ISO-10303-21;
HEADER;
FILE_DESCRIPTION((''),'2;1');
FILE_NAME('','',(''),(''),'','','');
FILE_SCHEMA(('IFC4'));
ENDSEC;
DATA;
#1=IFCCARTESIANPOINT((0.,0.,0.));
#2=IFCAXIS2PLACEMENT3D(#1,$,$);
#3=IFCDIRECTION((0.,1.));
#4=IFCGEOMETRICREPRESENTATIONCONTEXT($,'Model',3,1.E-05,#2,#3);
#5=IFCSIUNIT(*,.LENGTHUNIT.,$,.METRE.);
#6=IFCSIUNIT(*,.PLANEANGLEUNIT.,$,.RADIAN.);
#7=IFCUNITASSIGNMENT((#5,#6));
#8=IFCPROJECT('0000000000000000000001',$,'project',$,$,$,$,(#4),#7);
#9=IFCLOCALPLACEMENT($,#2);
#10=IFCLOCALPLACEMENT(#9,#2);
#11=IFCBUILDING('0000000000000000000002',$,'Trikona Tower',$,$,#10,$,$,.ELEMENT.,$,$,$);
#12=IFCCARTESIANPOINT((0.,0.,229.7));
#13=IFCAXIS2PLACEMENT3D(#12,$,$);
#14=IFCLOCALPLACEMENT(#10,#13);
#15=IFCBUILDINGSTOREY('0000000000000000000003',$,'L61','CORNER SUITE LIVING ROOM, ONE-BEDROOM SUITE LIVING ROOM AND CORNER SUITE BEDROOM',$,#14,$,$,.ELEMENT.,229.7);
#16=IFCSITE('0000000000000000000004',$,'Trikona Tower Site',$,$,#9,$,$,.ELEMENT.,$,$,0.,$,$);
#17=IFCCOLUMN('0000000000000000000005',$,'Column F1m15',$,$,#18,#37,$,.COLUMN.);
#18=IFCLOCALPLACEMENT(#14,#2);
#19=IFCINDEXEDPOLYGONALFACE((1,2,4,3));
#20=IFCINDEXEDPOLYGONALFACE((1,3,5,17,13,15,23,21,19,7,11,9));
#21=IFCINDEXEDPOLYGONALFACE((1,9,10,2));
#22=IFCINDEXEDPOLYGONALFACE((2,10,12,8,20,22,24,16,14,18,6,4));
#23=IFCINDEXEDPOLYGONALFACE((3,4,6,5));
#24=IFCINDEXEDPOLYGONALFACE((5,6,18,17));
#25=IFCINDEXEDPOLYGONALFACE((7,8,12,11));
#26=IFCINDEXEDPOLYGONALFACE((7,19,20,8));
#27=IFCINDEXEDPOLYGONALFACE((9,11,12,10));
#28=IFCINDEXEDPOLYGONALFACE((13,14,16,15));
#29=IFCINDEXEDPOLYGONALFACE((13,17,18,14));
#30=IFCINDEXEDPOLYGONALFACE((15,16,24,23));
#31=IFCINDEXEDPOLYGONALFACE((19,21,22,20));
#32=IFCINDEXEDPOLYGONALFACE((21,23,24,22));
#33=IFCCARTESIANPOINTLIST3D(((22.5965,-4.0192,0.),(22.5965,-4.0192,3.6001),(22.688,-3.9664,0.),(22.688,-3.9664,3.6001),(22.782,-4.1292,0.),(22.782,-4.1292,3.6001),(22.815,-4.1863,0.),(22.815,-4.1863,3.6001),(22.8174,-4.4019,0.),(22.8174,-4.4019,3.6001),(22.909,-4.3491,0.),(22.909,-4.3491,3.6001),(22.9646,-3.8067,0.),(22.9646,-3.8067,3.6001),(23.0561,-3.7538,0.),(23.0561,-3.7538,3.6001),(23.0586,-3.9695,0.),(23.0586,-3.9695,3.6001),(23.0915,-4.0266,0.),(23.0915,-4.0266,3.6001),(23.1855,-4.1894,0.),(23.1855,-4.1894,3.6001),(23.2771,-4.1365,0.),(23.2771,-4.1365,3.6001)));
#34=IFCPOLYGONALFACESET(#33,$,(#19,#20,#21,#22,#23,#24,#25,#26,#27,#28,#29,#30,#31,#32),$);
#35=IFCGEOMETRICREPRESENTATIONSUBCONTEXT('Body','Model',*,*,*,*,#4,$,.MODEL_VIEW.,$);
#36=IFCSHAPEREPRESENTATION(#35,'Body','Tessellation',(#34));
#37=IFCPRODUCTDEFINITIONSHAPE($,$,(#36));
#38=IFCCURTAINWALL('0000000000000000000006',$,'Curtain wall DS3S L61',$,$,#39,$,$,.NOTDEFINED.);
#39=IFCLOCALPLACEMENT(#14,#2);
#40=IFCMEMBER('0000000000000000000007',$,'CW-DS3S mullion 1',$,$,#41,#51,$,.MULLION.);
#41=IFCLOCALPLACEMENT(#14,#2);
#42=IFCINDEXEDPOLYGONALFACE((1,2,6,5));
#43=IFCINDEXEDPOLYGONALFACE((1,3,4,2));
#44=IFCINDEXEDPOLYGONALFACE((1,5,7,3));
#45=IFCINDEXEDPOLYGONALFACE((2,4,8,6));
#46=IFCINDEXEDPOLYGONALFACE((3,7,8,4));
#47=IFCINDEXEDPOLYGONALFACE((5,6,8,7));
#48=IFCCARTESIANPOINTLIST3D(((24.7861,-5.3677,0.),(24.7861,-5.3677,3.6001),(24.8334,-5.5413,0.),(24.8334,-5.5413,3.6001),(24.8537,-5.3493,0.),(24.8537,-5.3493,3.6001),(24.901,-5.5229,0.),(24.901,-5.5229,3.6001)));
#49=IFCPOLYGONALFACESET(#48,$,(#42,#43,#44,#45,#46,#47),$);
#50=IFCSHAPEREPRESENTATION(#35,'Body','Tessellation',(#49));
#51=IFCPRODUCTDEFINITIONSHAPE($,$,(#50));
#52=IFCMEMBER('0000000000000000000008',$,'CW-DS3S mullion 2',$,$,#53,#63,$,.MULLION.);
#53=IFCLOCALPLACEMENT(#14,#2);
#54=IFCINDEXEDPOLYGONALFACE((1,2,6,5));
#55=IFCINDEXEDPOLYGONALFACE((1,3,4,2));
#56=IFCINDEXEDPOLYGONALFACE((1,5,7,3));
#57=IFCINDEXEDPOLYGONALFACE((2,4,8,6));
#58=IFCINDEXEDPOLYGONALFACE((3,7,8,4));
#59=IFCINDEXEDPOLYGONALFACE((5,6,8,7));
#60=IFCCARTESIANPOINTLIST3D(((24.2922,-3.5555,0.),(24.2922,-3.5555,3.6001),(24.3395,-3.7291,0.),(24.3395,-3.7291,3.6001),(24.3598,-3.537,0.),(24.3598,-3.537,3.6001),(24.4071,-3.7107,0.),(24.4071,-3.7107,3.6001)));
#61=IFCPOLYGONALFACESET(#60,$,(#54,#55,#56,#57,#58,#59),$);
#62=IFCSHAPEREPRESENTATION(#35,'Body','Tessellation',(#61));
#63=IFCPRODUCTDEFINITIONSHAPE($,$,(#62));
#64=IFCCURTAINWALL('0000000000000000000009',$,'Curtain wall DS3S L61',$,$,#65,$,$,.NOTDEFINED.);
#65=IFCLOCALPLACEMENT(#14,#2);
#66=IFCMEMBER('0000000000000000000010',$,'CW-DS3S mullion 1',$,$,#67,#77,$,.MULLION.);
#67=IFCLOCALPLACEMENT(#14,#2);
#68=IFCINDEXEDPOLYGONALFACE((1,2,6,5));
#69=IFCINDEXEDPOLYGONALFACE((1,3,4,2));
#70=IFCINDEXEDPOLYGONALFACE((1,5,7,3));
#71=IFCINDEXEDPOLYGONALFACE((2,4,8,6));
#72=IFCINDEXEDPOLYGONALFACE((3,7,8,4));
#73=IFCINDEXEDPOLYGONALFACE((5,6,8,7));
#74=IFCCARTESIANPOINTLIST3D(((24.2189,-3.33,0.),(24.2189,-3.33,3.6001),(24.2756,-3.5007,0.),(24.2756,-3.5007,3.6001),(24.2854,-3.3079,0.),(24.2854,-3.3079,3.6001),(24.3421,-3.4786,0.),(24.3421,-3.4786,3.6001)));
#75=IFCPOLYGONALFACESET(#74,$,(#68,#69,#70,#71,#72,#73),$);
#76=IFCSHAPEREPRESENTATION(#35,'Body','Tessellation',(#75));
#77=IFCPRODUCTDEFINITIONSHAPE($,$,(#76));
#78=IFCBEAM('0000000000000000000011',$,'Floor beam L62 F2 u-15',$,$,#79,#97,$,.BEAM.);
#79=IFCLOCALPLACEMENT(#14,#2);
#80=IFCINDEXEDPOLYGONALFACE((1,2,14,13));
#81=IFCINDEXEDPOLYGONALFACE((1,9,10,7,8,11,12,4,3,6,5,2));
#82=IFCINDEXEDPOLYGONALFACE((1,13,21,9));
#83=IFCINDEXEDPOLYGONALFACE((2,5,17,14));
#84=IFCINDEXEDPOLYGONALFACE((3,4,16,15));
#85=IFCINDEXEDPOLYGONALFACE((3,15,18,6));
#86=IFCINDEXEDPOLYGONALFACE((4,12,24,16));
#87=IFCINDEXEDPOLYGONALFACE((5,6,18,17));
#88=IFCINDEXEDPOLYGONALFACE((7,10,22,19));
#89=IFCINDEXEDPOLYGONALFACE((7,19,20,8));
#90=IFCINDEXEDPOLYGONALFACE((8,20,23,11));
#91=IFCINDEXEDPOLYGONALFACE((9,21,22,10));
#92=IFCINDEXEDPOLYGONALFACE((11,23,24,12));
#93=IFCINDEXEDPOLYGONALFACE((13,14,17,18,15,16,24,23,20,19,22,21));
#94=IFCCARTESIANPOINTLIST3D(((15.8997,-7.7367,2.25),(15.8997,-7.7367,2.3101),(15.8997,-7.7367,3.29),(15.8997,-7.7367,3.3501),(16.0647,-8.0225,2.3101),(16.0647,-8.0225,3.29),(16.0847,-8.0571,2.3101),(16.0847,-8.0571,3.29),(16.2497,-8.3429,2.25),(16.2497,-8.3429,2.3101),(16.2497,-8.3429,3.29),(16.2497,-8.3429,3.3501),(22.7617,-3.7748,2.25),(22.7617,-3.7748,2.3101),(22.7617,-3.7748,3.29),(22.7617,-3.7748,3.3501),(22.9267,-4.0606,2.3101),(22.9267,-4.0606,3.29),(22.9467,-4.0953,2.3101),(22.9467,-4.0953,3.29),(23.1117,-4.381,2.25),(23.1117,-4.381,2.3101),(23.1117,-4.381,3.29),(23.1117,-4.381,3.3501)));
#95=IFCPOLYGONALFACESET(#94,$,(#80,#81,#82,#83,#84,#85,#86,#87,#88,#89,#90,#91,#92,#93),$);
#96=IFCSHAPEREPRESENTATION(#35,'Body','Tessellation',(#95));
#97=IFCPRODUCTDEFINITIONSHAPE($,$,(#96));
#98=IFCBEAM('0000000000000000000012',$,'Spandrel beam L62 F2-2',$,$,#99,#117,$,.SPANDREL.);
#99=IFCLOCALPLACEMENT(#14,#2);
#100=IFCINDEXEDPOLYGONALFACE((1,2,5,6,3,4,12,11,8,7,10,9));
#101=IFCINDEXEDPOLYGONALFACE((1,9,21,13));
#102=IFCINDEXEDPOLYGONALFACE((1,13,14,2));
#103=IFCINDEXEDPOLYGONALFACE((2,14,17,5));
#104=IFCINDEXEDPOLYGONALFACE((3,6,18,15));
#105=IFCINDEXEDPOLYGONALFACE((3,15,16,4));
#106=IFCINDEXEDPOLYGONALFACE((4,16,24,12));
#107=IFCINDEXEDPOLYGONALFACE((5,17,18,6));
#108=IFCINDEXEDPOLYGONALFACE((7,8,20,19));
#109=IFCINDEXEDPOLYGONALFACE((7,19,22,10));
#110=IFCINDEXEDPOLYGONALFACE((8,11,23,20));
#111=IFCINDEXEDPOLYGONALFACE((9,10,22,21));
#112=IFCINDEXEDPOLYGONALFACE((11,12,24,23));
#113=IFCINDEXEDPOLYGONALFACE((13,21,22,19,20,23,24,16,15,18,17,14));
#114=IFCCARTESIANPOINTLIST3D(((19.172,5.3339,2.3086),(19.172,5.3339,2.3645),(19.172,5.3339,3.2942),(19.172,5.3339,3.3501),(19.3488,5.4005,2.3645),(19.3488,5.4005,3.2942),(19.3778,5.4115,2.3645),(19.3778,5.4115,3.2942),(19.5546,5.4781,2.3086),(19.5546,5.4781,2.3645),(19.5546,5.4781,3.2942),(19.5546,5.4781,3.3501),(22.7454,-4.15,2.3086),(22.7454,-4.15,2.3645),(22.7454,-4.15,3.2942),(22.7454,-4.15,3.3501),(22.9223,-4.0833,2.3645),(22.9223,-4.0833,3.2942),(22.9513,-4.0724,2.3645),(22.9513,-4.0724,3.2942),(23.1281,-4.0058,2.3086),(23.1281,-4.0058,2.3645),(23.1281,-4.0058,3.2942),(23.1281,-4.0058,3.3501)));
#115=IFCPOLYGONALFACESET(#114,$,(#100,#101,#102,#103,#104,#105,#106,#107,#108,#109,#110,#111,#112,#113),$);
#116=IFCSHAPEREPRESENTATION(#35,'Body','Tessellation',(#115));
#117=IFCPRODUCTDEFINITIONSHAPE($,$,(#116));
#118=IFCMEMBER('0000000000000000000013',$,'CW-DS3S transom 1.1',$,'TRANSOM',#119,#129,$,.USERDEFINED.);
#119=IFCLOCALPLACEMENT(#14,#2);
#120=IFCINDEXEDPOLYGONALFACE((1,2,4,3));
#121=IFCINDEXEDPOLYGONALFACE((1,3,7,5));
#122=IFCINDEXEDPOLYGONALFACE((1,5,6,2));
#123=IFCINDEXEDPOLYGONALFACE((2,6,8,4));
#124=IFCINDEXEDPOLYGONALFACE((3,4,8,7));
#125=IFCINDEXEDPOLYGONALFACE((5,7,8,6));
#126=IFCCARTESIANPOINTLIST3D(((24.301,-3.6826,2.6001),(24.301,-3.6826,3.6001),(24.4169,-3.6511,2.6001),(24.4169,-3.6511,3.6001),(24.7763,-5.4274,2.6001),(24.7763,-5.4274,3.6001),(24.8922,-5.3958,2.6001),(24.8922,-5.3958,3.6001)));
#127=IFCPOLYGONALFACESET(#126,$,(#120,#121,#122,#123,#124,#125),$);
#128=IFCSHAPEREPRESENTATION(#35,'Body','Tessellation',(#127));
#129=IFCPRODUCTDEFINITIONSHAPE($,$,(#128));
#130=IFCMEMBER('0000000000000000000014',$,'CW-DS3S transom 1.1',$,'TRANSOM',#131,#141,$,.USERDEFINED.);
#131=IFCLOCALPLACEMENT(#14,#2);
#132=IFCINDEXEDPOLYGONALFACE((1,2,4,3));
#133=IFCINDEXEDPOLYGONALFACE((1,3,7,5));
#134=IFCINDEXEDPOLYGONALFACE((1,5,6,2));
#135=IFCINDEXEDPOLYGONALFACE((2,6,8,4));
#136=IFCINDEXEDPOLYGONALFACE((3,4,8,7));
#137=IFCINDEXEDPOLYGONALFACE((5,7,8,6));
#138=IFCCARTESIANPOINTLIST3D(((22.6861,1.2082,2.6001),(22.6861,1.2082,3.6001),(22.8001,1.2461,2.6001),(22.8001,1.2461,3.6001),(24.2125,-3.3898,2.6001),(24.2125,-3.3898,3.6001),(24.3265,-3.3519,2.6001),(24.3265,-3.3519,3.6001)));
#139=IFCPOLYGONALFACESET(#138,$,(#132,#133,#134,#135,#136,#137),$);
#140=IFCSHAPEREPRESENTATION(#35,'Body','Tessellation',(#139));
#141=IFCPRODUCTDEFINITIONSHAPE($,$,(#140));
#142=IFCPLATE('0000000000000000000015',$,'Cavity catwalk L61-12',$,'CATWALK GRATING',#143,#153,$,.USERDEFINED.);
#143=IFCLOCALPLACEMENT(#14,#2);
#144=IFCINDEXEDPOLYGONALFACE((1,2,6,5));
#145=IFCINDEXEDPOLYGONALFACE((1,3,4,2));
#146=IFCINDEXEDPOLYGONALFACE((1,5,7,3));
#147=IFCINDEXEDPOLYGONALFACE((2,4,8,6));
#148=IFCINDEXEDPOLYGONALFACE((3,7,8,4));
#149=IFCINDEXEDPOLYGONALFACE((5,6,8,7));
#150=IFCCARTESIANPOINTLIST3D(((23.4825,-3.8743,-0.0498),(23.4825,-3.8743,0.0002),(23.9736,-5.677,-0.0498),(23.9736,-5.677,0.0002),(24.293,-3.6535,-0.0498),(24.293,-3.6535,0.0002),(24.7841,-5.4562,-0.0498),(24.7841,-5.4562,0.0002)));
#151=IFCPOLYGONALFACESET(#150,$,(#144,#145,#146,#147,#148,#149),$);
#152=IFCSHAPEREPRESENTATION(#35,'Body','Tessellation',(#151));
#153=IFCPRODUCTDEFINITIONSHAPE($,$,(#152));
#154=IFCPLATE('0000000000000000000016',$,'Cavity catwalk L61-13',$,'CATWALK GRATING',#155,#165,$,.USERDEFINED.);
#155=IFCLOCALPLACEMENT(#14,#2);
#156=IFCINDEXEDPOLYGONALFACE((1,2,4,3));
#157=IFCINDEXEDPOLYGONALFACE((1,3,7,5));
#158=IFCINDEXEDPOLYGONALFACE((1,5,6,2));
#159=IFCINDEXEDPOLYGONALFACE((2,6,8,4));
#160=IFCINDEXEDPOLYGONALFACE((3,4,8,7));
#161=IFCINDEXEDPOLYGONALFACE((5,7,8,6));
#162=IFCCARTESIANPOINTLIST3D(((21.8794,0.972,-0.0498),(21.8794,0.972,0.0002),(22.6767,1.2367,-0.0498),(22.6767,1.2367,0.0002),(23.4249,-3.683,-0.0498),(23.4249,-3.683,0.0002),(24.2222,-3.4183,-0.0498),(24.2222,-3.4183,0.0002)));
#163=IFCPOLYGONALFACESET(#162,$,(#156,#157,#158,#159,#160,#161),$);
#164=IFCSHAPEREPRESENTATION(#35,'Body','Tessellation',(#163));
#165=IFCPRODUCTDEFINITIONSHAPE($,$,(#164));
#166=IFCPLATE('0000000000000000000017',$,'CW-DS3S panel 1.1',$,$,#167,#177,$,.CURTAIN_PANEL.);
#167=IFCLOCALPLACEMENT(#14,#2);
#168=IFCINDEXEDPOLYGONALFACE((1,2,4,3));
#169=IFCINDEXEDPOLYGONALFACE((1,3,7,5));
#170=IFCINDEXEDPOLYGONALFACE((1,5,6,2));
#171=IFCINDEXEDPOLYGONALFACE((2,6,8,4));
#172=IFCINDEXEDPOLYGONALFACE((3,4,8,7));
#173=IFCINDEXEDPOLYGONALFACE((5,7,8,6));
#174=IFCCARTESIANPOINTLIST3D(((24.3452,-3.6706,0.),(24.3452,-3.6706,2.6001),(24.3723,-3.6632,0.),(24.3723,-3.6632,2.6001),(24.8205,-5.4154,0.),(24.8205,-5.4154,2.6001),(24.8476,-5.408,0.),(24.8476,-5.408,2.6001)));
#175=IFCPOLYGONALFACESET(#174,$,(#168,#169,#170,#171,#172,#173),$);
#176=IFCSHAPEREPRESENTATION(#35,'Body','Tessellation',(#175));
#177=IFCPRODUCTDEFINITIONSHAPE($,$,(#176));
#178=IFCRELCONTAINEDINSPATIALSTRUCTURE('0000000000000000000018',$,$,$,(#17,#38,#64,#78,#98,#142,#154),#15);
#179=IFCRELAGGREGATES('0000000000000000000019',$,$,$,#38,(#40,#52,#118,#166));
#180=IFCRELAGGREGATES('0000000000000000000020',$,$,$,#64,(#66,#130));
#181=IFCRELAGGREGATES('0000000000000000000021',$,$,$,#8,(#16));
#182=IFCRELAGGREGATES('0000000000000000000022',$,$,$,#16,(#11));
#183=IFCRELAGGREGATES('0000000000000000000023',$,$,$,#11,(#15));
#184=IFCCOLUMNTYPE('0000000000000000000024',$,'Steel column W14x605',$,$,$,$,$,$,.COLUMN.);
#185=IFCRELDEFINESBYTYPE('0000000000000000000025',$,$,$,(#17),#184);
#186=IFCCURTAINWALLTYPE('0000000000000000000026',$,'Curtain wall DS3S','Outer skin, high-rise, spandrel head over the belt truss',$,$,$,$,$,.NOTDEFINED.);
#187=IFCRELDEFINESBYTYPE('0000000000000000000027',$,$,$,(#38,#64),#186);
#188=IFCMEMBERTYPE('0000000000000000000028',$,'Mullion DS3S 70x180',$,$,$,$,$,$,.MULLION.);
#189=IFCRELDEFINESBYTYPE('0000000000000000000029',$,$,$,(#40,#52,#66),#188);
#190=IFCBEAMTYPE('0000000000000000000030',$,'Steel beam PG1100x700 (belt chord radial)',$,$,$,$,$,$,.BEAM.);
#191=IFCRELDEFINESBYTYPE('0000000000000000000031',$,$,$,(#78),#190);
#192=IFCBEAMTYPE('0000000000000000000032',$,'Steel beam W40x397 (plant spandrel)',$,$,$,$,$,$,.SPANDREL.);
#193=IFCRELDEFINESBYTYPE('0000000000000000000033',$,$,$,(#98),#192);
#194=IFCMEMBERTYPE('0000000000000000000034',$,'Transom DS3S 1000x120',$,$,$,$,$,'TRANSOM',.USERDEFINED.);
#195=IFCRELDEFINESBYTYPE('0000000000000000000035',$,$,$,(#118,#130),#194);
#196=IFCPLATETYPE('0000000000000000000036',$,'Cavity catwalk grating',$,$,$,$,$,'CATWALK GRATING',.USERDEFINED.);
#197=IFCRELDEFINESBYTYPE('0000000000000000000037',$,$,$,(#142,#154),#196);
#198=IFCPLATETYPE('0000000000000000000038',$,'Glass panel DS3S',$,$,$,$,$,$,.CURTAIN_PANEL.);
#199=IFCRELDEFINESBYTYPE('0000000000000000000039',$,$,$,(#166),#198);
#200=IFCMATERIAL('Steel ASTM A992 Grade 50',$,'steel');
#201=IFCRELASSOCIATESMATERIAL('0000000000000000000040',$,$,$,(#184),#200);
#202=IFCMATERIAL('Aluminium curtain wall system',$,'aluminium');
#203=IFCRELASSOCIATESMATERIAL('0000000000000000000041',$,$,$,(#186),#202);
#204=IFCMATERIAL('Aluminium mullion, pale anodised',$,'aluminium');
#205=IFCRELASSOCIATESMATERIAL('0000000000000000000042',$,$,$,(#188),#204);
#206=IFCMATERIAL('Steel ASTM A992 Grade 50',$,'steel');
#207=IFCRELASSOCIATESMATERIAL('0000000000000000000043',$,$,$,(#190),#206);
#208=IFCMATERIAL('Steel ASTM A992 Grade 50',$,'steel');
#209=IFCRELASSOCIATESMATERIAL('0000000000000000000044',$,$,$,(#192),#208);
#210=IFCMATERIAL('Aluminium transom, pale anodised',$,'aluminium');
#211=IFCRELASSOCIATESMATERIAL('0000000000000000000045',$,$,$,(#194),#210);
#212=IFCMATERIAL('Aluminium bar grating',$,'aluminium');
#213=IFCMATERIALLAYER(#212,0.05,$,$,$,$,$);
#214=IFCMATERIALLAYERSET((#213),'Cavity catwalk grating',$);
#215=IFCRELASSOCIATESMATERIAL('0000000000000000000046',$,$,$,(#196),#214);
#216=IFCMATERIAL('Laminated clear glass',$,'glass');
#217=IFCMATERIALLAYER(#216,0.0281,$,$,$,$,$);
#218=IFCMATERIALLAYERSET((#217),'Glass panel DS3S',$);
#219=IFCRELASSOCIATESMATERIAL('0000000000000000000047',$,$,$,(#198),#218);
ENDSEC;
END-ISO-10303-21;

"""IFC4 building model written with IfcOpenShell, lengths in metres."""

from ifc_helpers import new_model, si_unit, direction, frame, origin, origin_2d, place, context, subcontext, project, spatial, rectangle, i_section, extrude, material, layer, layer_set, material_profile, profile_set, type_object, element, aggregate, save


model = new_model("IFC4")

# Units and contexts
model_context = context("Model", 3, precision=1e-05, world=origin(), true_north=direction((0.0, 1.0)))
body_context = subcontext(model_context, "Body", "Model", "MODEL_VIEW")
ifc_project = project(units=[si_unit("LENGTHUNIT", "METRE"), si_unit("PLANEANGLEUNIT", "RADIAN")], contexts=[model_context])

# Site, building, storey
site_placement = place(None, origin())
site = spatial("IfcSite", under=ifc_project, at=site_placement, Name="Trikona Tower Site", CompositionType="ELEMENT", RefElevation=0.0)
building_placement = place(site_placement, origin())
building = spatial("IfcBuilding", under=site, at=building_placement, Name="Trikona Tower", CompositionType="ELEMENT")
storey_placement = place(building_placement, frame((0.0, 0.0, 229.7)))
storey = spatial("IfcBuildingStorey", under=building, at=storey_placement, Name="L61", Description="CORNER SUITE LIVING ROOM, ONE-BEDROOM SUITE LIVING ROOM AND CORNER SUITE BEDROOM", CompositionType="ELEMENT", Elevation=229.7)

# Column
ifc_material_1 = material(Name="Steel ASTM A992 Grade 50", Category="steel")
ifc_material_profile_1 = material_profile(ifc_material_1, i_section(OverallWidth=0.4419, OverallDepth=0.5308, WebThickness=0.0659, FlangeThickness=0.1057, at=origin_2d()), Name="W14X605")
ifc_profile_set_1 = profile_set([ifc_material_profile_1], Name="Steel ASTM A992 Grade 50")
column_type = type_object("IfcColumnType", Name="Steel column W14x605", PredefinedType="COLUMN", material=ifc_profile_set_1)
column_placement = place(storey_placement, frame((22.9368, -4.0779, 0.0), z_axis=(0.0, 0.0, 1.0), x_axis=(-0.5, 0.866025, 0.0)))
element("IfcColumn", 1, at=column_placement, inside=storey, type_object=column_type, Name="Column F1m15", PredefinedType="COLUMN", context=body_context, shape_type="SweptSolid", body=[
    extrude(i_section(OverallWidth=0.4419, OverallDepth=0.5308, WebThickness=0.0659, FlangeThickness=0.1057, at=origin_2d()), origin(), (0.0, 0.0, 1.0), 3.6001),
])

# Curtain wall, members
ifc_material_2 = material(Name="Aluminium curtain wall system", Category="aluminium")
curtain_wall_type = type_object("IfcCurtainWallType", Name="Curtain wall DS3S", Description="Outer skin, high-rise, spandrel head over the belt truss", PredefinedType="NOTDEFINED", material=ifc_material_2)
curtain_wall_1_placement = place(storey_placement, origin())
curtain_wall_1 = element("IfcCurtainWall", 2, at=curtain_wall_1_placement, inside=storey, type_object=curtain_wall_type, Name="Curtain wall DS3S L61", PredefinedType="NOTDEFINED")
ifc_material_3 = material(Name="Aluminium mullion, pale anodised", Category="aluminium")
ifc_material_profile_2 = material_profile(ifc_material_3, rectangle(XDim=0.0701, YDim=0.1799, at=origin_2d()), Name="MUL-DS3S")
ifc_profile_set_2 = profile_set([ifc_material_profile_2], Name="Aluminium mullion, pale anodised")
member_type_1 = type_object("IfcMemberType", Name="Mullion DS3S 70x180", PredefinedType="MULLION", material=ifc_profile_set_2)
member_1_placement = place(storey_placement, frame((24.8435, -5.4453, 0.0), z_axis=(0.0, 0.0, 1.0), x_axis=(-0.964838, -0.262844, 0.0)))
member_1 = element("IfcMember", 3, at=member_1_placement, type_object=member_type_1, Name="CW-DS3S mullion 1", PredefinedType="MULLION", context=body_context, shape_type="SweptSolid", body=[
    extrude(rectangle(XDim=0.0701, YDim=0.1799, at=origin_2d()), origin(), (0.0, 0.0, 1.0), 3.6001),
])
member_2_placement = place(storey_placement, frame((24.3496, -3.6331, 0.0), z_axis=(0.0, 0.0, 1.0), x_axis=(-0.964838, -0.262844, 0.0)))
member_2 = element("IfcMember", 4, at=member_2_placement, type_object=member_type_1, Name="CW-DS3S mullion 2", PredefinedType="MULLION", context=body_context, shape_type="SweptSolid", body=[
    extrude(rectangle(XDim=0.0701, YDim=0.1799, at=origin_2d()), origin(), (0.0, 0.0, 1.0), 3.6001),
])

# Curtain wall, member
curtain_wall_2_placement = place(storey_placement, origin())
curtain_wall_2 = element("IfcCurtainWall", 5, at=curtain_wall_2_placement, inside=storey, type_object=curtain_wall_type, Name="Curtain wall DS3S L61", PredefinedType="NOTDEFINED")
member_3_placement = place(storey_placement, frame((24.2805, -3.4043, 0.0), z_axis=(0.0, 0.0, 1.0), x_axis=(-0.949066, -0.315078, 0.0)))
member_3 = element("IfcMember", 6, at=member_3_placement, type_object=member_type_1, Name="CW-DS3S mullion 1", PredefinedType="MULLION", context=body_context, shape_type="SweptSolid", body=[
    extrude(rectangle(XDim=0.0701, YDim=0.1799, at=origin_2d()), origin(), (0.0, 0.0, 1.0), 3.6001),
])

# Beams
ifc_material_4 = material(Name="Steel ASTM A992 Grade 50", Category="steel")
ifc_material_profile_3 = material_profile(ifc_material_4, i_section(OverallWidth=0.7, OverallDepth=1.1001, WebThickness=0.04, FlangeThickness=0.0601, at=origin_2d()), Name="PG1100X700")
ifc_profile_set_3 = profile_set([ifc_material_profile_3], Name="Steel ASTM A992 Grade 50")
beam_type_1 = type_object("IfcBeamType", Name="Steel beam PG1100x700 (belt chord radial)", PredefinedType="BEAM", material=ifc_profile_set_3)
beam_1_placement = place(storey_placement, frame((16.0747, -8.0398, 2.8), z_axis=(0.86602, 0.50001, 0.0), x_axis=(-0.50001, 0.86602, 0.0)))
element("IfcBeam", 7, at=beam_1_placement, inside=storey, type_object=beam_type_1, Name="Floor beam L62 F2 u-15", PredefinedType="BEAM", context=body_context, shape_type="SweptSolid", body=[
    extrude(i_section(OverallWidth=0.7, OverallDepth=1.1001, WebThickness=0.04, FlangeThickness=0.0601, at=origin_2d()), origin(), (0.0, 0.0, 1.0), 7.9236),
])
ifc_material_5 = material(Name="Steel ASTM A992 Grade 50", Category="steel")
ifc_material_profile_4 = material_profile(ifc_material_5, i_section(OverallWidth=0.4089, OverallDepth=1.0415, WebThickness=0.031, FlangeThickness=0.0559, at=origin_2d()), Name="W40X397")
ifc_profile_set_4 = profile_set([ifc_material_profile_4], Name="Steel ASTM A992 Grade 50")
beam_type_2 = type_object("IfcBeamType", Name="Steel beam W40x397 (plant spandrel)", PredefinedType="SPANDREL", material=ifc_profile_set_4)
beam_2_placement = place(storey_placement, frame((22.9368, -4.0779, 2.8293), z_axis=(-0.352596, 0.935776, 0.0), x_axis=(-0.935776, -0.352596, 0.0)))
element("IfcBeam", 8, at=beam_2_placement, inside=storey, type_object=beam_type_2, Name="Spandrel beam L62 F2-2", PredefinedType="SPANDREL", context=body_context, shape_type="SweptSolid", body=[
    extrude(i_section(OverallWidth=0.4089, OverallDepth=1.0415, WebThickness=0.031, FlangeThickness=0.0559, at=origin_2d()), origin(), (0.0, 0.0, 1.0), 10.1348),
])

# Members
ifc_material_6 = material(Name="Aluminium transom, pale anodised", Category="aluminium")
ifc_material_profile_5 = material_profile(ifc_material_6, rectangle(XDim=0.1201, YDim=1.0, at=origin_2d()), Name="TRN-DS3S")
ifc_profile_set_5 = profile_set([ifc_material_profile_5], Name="Aluminium transom, pale anodised")
member_type_2 = type_object("IfcMemberType", Name="Transom DS3S 1000x120", ElementType="TRANSOM", PredefinedType="USERDEFINED", material=ifc_profile_set_5)
member_4_placement = place(storey_placement, frame((24.8342, -5.4116, 3.1001), z_axis=(-0.262843, 0.964839, 0.0), x_axis=(-0.964839, -0.262843, 0.0)))
member_4 = element("IfcMember", 9, at=member_4_placement, type_object=member_type_2, Name="CW-DS3S transom 1.1", ObjectType="TRANSOM", PredefinedType="USERDEFINED", context=body_context, shape_type="SweptSolid", body=[
    extrude(rectangle(XDim=0.1201, YDim=1.0, at=origin_2d()), origin(), (0.0, 0.0, 1.0), 1.8083),
])
member_5_placement = place(storey_placement, frame((24.2695, -3.3708, 3.1001), z_axis=(-0.315063, 0.949071, 0.0), x_axis=(-0.949071, -0.315063, 0.0)))
member_5 = element("IfcMember", 10, at=member_5_placement, type_object=member_type_2, Name="CW-DS3S transom 1.1", ObjectType="TRANSOM", PredefinedType="USERDEFINED", context=body_context, shape_type="SweptSolid", body=[
    extrude(rectangle(XDim=0.1201, YDim=1.0, at=origin_2d()), origin(), (0.0, 0.0, 1.0), 4.8447),
])

# Plates
ifc_material_7 = material(Name="Aluminium bar grating", Category="aluminium")
ifc_layer_1 = layer(ifc_material_7, 0.05)
ifc_layer_set_1 = layer_set([ifc_layer_1], Name="Cavity catwalk grating")
plate_type_1 = type_object("IfcPlateType", Name="Cavity catwalk grating", ElementType="CATWALK GRATING", PredefinedType="USERDEFINED", material=ifc_layer_set_1)
plate_1_placement = place(storey_placement, frame((24.1333, -4.6653, -0.0498), z_axis=(0.0, 0.0, 1.0), x_axis=(-0.262822, 0.964844, 0.0)))
element("IfcPlate", 11, at=plate_1_placement, inside=storey, type_object=plate_type_1, Name="Cavity catwalk L61-12", ObjectType="CATWALK GRATING", PredefinedType="USERDEFINED", context=body_context, shape_type="SweptSolid", body=[
    extrude(rectangle(XDim=1.8684, YDim=0.8401, at=origin_2d()), origin(), (0.0, 0.0, 1.0), 0.05),
])
plate_2_placement = place(storey_placement, frame((23.0508, -1.2231, -0.0498), z_axis=(0.0, 0.0, 1.0), x_axis=(-0.315093, 0.949061, 0.0)))
element("IfcPlate", 12, at=plate_2_placement, inside=storey, type_object=plate_type_1, Name="Cavity catwalk L61-13", ObjectType="CATWALK GRATING", PredefinedType="USERDEFINED", context=body_context, shape_type="SweptSolid", body=[
    extrude(rectangle(XDim=4.9048, YDim=0.8401, at=origin_2d()), origin(), (0.0, 0.0, 1.0), 0.05),
])

# Plate
ifc_material_8 = material(Name="Laminated clear glass", Category="glass")
ifc_layer_2 = layer(ifc_material_8, 0.0281)
ifc_layer_set_2 = layer_set([ifc_layer_2], Name="Glass panel DS3S")
plate_type_2 = type_object("IfcPlateType", Name="Glass panel DS3S", PredefinedType="CURTAIN_PANEL", material=ifc_layer_set_2)
plate_3_placement = place(storey_placement, frame((24.5964, -4.5393, 0.0), z_axis=(0.0, 0.0, 1.0), x_axis=(-0.262844, 0.964838, 0.0)))
plate_3 = element("IfcPlate", 13, at=plate_3_placement, type_object=plate_type_2, Name="CW-DS3S panel 1.1", PredefinedType="CURTAIN_PANEL", context=body_context, shape_type="SweptSolid", body=[
    extrude(rectangle(XDim=1.8083, YDim=0.0281, at=origin_2d()), origin(), (0.0, 0.0, 1.0), 2.6001),
])
aggregate(curtain_wall_1, [member_1, member_2, member_4, plate_3])
aggregate(curtain_wall_2, [member_3, member_5])

save(model, "model.ifc")
